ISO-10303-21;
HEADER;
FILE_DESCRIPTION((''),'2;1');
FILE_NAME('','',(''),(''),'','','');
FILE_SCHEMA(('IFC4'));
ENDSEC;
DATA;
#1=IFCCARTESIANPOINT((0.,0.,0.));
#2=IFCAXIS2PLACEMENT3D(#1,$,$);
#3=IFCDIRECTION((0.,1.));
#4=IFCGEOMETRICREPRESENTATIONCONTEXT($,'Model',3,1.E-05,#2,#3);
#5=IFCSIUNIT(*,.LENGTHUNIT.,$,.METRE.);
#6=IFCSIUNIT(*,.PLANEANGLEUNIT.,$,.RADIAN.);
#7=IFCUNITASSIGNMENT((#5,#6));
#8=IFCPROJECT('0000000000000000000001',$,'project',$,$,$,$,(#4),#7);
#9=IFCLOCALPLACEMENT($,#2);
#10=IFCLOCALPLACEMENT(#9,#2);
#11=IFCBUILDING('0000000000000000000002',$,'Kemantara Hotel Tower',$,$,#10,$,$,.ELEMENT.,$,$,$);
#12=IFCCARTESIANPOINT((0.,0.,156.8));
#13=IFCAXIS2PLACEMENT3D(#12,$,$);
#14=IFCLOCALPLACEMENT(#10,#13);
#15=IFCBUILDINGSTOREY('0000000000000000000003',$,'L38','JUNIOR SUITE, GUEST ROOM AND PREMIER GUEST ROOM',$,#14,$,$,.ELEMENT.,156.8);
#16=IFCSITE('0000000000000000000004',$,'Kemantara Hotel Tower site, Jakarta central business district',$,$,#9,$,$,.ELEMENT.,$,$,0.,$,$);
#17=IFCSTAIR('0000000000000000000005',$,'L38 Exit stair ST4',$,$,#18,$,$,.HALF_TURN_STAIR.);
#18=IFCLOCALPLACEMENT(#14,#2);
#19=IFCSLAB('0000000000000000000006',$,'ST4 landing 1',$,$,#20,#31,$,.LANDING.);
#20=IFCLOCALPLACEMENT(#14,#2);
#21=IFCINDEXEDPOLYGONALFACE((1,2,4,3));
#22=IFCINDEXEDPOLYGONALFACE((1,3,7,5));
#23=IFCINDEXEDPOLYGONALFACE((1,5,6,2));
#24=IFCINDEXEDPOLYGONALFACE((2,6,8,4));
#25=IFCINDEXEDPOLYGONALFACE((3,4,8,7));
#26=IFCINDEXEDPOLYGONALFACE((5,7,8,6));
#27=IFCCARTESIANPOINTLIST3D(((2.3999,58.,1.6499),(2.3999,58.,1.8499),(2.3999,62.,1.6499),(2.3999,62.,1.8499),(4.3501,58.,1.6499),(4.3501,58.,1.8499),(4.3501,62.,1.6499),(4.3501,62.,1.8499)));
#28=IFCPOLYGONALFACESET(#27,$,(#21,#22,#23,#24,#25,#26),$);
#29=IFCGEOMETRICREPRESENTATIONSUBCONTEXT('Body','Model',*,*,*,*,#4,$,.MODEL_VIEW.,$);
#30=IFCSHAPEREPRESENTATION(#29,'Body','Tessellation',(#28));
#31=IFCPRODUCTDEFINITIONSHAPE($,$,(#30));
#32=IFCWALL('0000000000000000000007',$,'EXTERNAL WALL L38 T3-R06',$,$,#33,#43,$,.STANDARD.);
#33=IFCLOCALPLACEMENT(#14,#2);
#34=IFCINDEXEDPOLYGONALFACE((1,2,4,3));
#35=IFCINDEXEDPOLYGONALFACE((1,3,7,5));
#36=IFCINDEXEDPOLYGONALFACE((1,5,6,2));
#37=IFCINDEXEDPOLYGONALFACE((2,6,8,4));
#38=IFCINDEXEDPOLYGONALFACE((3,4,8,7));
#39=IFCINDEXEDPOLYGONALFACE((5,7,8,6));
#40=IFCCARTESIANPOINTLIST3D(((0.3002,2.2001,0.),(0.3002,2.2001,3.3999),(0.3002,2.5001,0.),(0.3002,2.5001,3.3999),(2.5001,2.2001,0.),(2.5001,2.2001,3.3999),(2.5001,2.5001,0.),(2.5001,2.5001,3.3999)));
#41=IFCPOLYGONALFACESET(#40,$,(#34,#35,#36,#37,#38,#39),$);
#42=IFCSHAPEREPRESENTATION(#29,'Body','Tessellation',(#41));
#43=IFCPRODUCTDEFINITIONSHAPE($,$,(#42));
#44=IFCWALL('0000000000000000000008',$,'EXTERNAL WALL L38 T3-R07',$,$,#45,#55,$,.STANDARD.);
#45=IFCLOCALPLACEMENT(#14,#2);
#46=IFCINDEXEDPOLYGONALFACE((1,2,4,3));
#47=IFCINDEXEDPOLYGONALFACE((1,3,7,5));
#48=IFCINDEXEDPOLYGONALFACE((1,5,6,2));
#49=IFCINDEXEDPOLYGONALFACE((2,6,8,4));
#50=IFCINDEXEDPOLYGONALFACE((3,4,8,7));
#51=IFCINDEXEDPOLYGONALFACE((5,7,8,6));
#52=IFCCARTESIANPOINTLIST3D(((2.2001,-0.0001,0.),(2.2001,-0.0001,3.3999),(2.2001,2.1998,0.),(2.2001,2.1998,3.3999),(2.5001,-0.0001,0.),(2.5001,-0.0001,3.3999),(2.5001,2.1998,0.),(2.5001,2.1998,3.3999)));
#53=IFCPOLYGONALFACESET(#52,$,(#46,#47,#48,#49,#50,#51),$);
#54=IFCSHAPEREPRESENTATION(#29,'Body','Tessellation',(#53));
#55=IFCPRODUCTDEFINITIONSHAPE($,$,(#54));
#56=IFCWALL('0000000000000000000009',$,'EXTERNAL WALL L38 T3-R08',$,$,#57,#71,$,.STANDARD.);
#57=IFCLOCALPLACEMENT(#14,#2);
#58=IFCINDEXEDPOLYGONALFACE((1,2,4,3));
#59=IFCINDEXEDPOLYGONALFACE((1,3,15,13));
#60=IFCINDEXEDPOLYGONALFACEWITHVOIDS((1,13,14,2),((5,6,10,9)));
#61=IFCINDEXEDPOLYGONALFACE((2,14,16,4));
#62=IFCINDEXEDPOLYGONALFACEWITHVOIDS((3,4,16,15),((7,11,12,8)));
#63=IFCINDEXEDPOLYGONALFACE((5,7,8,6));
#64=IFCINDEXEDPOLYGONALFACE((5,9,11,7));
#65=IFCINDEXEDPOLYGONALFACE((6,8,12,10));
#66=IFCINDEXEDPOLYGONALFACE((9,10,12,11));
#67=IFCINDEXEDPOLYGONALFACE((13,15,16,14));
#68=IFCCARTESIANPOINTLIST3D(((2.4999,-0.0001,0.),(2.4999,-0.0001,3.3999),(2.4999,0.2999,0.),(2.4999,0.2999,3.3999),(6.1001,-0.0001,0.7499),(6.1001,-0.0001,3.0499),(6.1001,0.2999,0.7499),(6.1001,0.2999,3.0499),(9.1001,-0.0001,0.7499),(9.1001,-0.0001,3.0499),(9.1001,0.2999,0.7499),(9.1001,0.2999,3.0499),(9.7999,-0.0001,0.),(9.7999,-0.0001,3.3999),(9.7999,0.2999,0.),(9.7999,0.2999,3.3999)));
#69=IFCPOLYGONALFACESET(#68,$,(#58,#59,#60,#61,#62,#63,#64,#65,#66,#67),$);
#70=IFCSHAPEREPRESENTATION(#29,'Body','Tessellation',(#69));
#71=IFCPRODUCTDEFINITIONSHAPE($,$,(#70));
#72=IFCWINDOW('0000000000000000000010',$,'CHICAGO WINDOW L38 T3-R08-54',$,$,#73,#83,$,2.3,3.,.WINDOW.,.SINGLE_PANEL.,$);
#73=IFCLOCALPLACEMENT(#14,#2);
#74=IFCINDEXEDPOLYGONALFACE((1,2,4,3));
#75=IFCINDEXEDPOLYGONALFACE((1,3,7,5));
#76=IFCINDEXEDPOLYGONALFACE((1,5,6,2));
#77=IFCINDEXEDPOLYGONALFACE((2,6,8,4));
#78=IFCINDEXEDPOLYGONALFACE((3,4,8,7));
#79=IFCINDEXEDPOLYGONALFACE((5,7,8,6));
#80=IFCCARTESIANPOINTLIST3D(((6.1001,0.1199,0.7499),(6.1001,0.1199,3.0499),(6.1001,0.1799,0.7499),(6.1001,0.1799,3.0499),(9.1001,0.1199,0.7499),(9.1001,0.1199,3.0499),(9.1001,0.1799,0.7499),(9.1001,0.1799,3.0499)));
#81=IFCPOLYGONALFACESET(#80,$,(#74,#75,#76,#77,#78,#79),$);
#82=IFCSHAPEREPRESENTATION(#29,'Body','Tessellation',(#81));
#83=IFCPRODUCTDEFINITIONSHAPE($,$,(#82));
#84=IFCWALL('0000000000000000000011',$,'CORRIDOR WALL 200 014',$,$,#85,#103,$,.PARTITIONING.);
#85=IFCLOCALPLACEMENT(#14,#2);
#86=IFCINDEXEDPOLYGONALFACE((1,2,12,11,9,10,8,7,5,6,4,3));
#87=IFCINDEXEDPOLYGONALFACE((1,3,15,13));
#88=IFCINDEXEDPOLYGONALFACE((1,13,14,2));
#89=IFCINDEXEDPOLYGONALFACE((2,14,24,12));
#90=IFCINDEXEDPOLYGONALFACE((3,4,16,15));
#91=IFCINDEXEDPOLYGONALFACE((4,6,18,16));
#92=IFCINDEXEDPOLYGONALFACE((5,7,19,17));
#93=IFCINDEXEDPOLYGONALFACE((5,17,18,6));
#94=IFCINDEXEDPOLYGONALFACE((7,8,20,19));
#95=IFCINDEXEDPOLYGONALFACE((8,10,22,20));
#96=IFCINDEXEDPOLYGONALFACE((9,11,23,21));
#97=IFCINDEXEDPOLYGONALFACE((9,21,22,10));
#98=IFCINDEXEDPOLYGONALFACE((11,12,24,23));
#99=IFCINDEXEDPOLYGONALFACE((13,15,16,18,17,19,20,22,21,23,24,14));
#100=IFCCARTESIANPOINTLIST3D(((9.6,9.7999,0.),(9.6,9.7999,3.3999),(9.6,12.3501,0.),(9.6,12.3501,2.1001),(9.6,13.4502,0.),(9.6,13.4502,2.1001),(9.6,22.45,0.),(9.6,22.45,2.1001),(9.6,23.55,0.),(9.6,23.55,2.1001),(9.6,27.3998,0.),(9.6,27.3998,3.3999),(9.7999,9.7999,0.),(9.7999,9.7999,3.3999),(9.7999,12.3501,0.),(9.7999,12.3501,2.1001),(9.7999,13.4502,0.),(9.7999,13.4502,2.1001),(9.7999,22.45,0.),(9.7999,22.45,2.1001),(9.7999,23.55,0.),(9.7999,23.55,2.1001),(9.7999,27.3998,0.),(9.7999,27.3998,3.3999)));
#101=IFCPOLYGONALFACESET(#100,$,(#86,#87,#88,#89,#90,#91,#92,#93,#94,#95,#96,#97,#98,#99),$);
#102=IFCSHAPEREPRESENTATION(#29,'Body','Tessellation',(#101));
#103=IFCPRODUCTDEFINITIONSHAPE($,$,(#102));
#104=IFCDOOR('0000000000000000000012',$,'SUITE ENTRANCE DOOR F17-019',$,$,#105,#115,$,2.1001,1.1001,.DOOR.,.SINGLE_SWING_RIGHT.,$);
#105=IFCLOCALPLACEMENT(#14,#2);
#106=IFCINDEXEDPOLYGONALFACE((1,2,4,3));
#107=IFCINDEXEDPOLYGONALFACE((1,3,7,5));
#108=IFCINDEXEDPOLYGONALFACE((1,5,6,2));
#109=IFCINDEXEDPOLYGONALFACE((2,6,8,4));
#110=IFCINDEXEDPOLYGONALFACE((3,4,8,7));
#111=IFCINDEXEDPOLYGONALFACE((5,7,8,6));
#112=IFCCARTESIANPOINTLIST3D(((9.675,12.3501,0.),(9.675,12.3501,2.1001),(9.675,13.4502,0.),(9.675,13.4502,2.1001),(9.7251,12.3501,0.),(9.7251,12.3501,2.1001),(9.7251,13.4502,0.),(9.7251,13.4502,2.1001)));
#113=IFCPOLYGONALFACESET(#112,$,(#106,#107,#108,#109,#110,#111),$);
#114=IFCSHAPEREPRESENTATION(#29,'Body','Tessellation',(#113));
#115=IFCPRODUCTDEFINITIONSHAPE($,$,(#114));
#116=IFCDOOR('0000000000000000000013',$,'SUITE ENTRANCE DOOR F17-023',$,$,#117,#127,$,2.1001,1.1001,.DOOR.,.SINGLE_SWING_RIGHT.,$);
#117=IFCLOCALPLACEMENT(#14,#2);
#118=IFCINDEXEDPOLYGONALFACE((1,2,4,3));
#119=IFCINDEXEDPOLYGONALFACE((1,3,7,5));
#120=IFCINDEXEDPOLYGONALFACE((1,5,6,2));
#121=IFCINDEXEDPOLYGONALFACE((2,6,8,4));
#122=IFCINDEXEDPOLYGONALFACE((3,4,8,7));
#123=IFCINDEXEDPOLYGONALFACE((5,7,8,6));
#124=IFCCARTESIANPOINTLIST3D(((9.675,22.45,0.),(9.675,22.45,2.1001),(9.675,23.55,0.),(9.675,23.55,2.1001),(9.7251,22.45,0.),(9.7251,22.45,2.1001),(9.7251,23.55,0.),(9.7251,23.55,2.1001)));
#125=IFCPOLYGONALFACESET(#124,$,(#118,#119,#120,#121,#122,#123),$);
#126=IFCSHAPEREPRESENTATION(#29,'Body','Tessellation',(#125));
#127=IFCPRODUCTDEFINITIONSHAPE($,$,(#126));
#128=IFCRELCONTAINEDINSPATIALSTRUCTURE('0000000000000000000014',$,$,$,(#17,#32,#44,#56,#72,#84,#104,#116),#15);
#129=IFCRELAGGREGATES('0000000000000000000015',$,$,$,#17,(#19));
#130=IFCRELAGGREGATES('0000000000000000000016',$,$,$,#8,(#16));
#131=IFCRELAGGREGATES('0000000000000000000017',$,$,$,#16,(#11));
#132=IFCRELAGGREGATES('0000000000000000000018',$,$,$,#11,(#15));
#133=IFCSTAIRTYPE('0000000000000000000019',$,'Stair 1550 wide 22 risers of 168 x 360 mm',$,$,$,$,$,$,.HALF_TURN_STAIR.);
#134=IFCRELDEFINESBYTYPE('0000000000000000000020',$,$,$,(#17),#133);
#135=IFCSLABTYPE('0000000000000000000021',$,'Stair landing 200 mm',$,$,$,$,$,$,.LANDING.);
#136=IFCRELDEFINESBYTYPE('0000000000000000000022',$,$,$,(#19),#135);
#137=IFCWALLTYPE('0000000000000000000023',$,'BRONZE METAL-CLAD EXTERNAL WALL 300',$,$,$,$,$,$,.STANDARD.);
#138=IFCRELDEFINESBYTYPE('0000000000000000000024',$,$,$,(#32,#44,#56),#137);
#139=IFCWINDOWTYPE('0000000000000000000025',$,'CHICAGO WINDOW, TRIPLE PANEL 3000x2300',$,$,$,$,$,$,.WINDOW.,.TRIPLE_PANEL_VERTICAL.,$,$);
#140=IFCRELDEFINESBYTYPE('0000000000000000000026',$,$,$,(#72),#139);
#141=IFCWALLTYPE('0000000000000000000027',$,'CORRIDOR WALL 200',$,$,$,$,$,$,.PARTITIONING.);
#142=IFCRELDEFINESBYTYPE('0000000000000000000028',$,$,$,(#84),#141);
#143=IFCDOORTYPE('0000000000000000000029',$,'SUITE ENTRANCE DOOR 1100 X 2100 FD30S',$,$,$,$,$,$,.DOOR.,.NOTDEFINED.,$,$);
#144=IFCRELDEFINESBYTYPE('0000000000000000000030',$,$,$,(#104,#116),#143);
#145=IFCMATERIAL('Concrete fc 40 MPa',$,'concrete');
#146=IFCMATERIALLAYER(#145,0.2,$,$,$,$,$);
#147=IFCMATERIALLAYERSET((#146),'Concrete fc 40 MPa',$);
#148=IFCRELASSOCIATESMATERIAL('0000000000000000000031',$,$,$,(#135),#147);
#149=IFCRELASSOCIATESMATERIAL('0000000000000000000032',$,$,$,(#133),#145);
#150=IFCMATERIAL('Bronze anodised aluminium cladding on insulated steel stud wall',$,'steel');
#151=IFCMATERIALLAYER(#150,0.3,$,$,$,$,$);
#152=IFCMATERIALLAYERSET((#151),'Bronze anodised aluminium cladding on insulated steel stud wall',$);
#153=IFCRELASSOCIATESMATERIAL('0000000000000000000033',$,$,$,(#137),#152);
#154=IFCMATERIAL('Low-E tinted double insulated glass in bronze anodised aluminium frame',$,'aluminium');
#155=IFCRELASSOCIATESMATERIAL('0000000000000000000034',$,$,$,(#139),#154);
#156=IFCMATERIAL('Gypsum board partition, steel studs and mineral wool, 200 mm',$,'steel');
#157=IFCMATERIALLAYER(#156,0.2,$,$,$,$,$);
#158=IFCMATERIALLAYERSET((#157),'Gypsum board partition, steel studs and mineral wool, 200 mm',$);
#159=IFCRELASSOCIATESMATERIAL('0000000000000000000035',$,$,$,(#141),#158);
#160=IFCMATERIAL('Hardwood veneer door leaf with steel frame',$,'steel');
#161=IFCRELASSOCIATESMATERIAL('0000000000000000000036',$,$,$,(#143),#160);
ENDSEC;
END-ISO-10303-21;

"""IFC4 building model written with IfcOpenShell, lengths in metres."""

from ifc_helpers import new_model, si_unit, direction, frame, frame_2d, origin, place, context, subcontext, project, spatial, polyline, rectangle, outline, extrude, material, layer, layer_set, type_object, element, fill, aggregate, save


model = new_model("IFC4")

# Units and contexts
model_context = context("Model", 3, precision=1e-05, world=origin(), true_north=direction((0.0, 1.0)))
body_context = subcontext(model_context, "Body", "Model", "MODEL_VIEW")
ifc_project = project(units=[si_unit("LENGTHUNIT", "METRE"), si_unit("PLANEANGLEUNIT", "RADIAN")], contexts=[model_context])

# Site, building, storey
site_placement = place(None, origin())
site = spatial("IfcSite", under=ifc_project, at=site_placement, Name="Kemantara Hotel Tower site, Jakarta central business district", CompositionType="ELEMENT", RefElevation=0.0)
building_placement = place(site_placement, origin())
building = spatial("IfcBuilding", under=site, at=building_placement, Name="Kemantara Hotel Tower", CompositionType="ELEMENT")
storey_placement = place(building_placement, frame((0.0, 0.0, 156.8)))
storey = spatial("IfcBuildingStorey", under=building, at=storey_placement, Name="L38", Description="JUNIOR SUITE, GUEST ROOM AND PREMIER GUEST ROOM", CompositionType="ELEMENT", Elevation=156.8)

# Shared definitions
ifc_material_1 = material(Name="Concrete fc 40 MPa", Category="concrete")

# Stair, slab
ifc_layer_1 = layer(ifc_material_1, 0.2)
ifc_layer_set_1 = layer_set([ifc_layer_1], Name="Concrete fc 40 MPa")
slab_type_1 = type_object("IfcSlabType", Name="Stair landing 200 mm", PredefinedType="LANDING", material=ifc_layer_set_1)
stair_type_1 = type_object("IfcStairType", Name="Stair 1550 wide 22 risers of 168 x 360 mm", PredefinedType="HALF_TURN_STAIR", material=ifc_material_1)
stair_1_placement = place(storey_placement, origin())
stair_1 = element("IfcStair", 1, at=stair_1_placement, inside=storey, type_object=stair_type_1, Name="L38 Exit stair ST4", PredefinedType="HALF_TURN_STAIR")
slab_1_placement = place(storey_placement, frame((0.0, 0.0, 1.6499)))
slab_1 = element("IfcSlab", 2, at=slab_1_placement, type_object=slab_type_1, Name="ST4 landing 1", PredefinedType="LANDING", context=body_context, shape_type="SweptSolid", body=[
    extrude(outline(polyline([(4.3501, 62.0), (2.3999, 62.0), (2.3999, 58.0), (4.3501, 58.0), (4.3501, 62.0)])), origin(), (0.0, 0.0, 1.0), 0.2),
])
aggregate(stair_1, [slab_1])

# Walls
ifc_material_2 = material(Name="Bronze anodised aluminium cladding on insulated steel stud wall", Category="steel")
ifc_layer_2 = layer(ifc_material_2, 0.3)
ifc_layer_set_2 = layer_set([ifc_layer_2], Name="Bronze anodised aluminium cladding on insulated steel stud wall")
wall_type_1 = type_object("IfcWallType", Name="BRONZE METAL-CLAD EXTERNAL WALL 300", PredefinedType="STANDARD", material=ifc_layer_set_2)
for number, where, z_axis, x_axis, name in (
    (3, (0.3, 2.3501, 0.0), (0.0, 0.0, 1.0), (1.0, 0.0, 0.0), "EXTERNAL WALL L38 T3-R06"),
    (4, (2.3501, 2.2, 0.0), (0.0, 0.0, 1.0), (0.0, -1.0, 0.0), "EXTERNAL WALL L38 T3-R07"),
):
    element("IfcWall", number, at=place(storey_placement, frame(where, z_axis=z_axis, x_axis=x_axis)), inside=storey, type_object=wall_type_1, Name=name, PredefinedType="STANDARD", context=body_context, shape_type="SweptSolid", body=[
        extrude(rectangle(XDim=2.2, YDim=0.3, at=frame_2d((1.1001, 0.0))), origin(), (0.0, 0.0, 1.0), 3.3999),
    ])

# Wall, opening, window
wall_1_placement = place(storey_placement, frame((2.5, 0.1499, 0.0), z_axis=(0.0, 0.0, 1.0), x_axis=(1.0, 0.0, 0.0)))
wall_1 = element("IfcWall", 5, at=wall_1_placement, inside=storey, type_object=wall_type_1, Name="EXTERNAL WALL L38 T3-R08", PredefinedType="STANDARD", context=body_context, shape_type="SweptSolid", body=[
    extrude(rectangle(XDim=7.3, YDim=0.3, at=frame_2d((3.6499, 0.0))), origin(), (0.0, 0.0, 1.0), 3.3999),
])
opening_1_placement = place(wall_1_placement, frame((3.6001, 0.0, 0.75)))
opening_1 = element("IfcOpeningElement", 6, at=opening_1_placement, cuts=wall_1, PredefinedType="OPENING", context=body_context, shape_type="SweptSolid", body=[
    extrude(rectangle(XDim=3.0, YDim=2.3, at=frame_2d((1.5, 1.1499))), frame((0.0, 0.1599, 0.0), z_axis=(0.0, -1.0, 0.0), x_axis=(1.0, 0.0, 0.0)), (0.0, 0.0, 1.0), 0.3201),
])
ifc_material_3 = material(Name="Low-E tinted double insulated glass in bronze anodised aluminium frame", Category="aluminium")
window_type = type_object("IfcWindowType", Name="CHICAGO WINDOW, TRIPLE PANEL 3000x2300", PartitioningType="TRIPLE_PANEL_VERTICAL", PredefinedType="WINDOW", material=ifc_material_3)
window_placement = place(opening_1_placement, origin())
window = element("IfcWindow", 7, at=window_placement, inside=storey, type_object=window_type, Name="CHICAGO WINDOW L38 T3-R08-54", OverallHeight=2.3, OverallWidth=3.0, PartitioningType="SINGLE_PANEL", PredefinedType="WINDOW", context=body_context, shape_type="SweptSolid", body=[
    extrude(rectangle(XDim=3.0, YDim=2.3, at=frame_2d((1.5, 1.1499))), frame((0.0, 0.03, 0.0), z_axis=(0.0, -1.0, 0.0), x_axis=(1.0, 0.0, 0.0)), (0.0, 0.0, 1.0), 0.0601),
])
fill(opening_1, window)

# Wall, openings, doors
ifc_material_4 = material(Name="Gypsum board partition, steel studs and mineral wool, 200 mm", Category="steel")
ifc_layer_3 = layer(ifc_material_4, 0.2)
ifc_layer_set_3 = layer_set([ifc_layer_3], Name="Gypsum board partition, steel studs and mineral wool, 200 mm")
wall_type_2 = type_object("IfcWallType", Name="CORRIDOR WALL 200", PredefinedType="PARTITIONING", material=ifc_layer_set_3)
wall_2_placement = place(storey_placement, frame((9.7, 9.8, 0.0), z_axis=(0.0, 0.0, 1.0), x_axis=(0.0, 1.0, 0.0)))
wall_2 = element("IfcWall", 8, at=wall_2_placement, inside=storey, type_object=wall_type_2, Name="CORRIDOR WALL 200 014", PredefinedType="PARTITIONING", context=body_context, shape_type="SweptSolid", body=[
    extrude(rectangle(XDim=17.5999, YDim=0.2, at=frame_2d((8.7998, 0.0))), origin(), (0.0, 0.0, 1.0), 3.3999),
])
opening_2_placement = place(wall_2_placement, frame((2.55, 0.0, 0.0)))
opening_2 = element("IfcOpeningElement", 9, at=opening_2_placement, cuts=wall_2, PredefinedType="OPENING", context=body_context, shape_type="SweptSolid", body=[
    extrude(rectangle(XDim=1.1001, YDim=2.1001, at=frame_2d((0.55, 1.05))), frame((0.0, 0.1099, 0.0), z_axis=(0.0, -1.0, 0.0), x_axis=(1.0, 0.0, 0.0)), (0.0, 0.0, 1.0), 0.22),
])
opening_3_placement = place(wall_2_placement, frame((12.6499, 0.0, 0.0)))
opening_3 = element("IfcOpeningElement", 10, at=opening_3_placement, cuts=wall_2, PredefinedType="OPENING", context=body_context, shape_type="SweptSolid", body=[
    extrude(rectangle(XDim=1.1001, YDim=2.1001, at=frame_2d((0.55, 1.05))), frame((0.0, 0.1099, 0.0), z_axis=(0.0, -1.0, 0.0), x_axis=(1.0, 0.0, 0.0)), (0.0, 0.0, 1.0), 0.22),
])
ifc_material_5 = material(Name="Hardwood veneer door leaf with steel frame", Category="steel")
door_type_1 = type_object("IfcDoorType", Name="SUITE ENTRANCE DOOR 1100 X 2100 FD30S", OperationType="NOTDEFINED", PredefinedType="DOOR", material=ifc_material_5)
door_1_placement = place(opening_2_placement, origin())
door_1 = element("IfcDoor", 11, at=door_1_placement, inside=storey, type_object=door_type_1, Name="SUITE ENTRANCE DOOR F17-019", OperationType="SINGLE_SWING_RIGHT", OverallHeight=2.1001, OverallWidth=1.1001, PredefinedType="DOOR", context=body_context, shape_type="SweptSolid", body=[
    extrude(rectangle(XDim=1.1001, YDim=2.1001, at=frame_2d((0.55, 1.05))), frame((0.0, 0.0249, 0.0), z_axis=(0.0, -1.0, 0.0), x_axis=(1.0, 0.0, 0.0)), (0.0, 0.0, 1.0), 0.05),
])
fill(opening_2, door_1)
door_2_placement = place(opening_3_placement, origin())
door_2 = element("IfcDoor", 12, at=door_2_placement, inside=storey, type_object=door_type_1, Name="SUITE ENTRANCE DOOR F17-023", OperationType="SINGLE_SWING_RIGHT", OverallHeight=2.1001, OverallWidth=1.1001, PredefinedType="DOOR", context=body_context, shape_type="SweptSolid", body=[
    extrude(rectangle(XDim=1.1001, YDim=2.1001, at=frame_2d((0.55, 1.05))), frame((0.0, 0.0249, 0.0), z_axis=(0.0, -1.0, 0.0), x_axis=(1.0, 0.0, 0.0)), (0.0, 0.0, 1.0), 0.05),
])
fill(opening_3, door_2)

save(model, "model.ifc")
